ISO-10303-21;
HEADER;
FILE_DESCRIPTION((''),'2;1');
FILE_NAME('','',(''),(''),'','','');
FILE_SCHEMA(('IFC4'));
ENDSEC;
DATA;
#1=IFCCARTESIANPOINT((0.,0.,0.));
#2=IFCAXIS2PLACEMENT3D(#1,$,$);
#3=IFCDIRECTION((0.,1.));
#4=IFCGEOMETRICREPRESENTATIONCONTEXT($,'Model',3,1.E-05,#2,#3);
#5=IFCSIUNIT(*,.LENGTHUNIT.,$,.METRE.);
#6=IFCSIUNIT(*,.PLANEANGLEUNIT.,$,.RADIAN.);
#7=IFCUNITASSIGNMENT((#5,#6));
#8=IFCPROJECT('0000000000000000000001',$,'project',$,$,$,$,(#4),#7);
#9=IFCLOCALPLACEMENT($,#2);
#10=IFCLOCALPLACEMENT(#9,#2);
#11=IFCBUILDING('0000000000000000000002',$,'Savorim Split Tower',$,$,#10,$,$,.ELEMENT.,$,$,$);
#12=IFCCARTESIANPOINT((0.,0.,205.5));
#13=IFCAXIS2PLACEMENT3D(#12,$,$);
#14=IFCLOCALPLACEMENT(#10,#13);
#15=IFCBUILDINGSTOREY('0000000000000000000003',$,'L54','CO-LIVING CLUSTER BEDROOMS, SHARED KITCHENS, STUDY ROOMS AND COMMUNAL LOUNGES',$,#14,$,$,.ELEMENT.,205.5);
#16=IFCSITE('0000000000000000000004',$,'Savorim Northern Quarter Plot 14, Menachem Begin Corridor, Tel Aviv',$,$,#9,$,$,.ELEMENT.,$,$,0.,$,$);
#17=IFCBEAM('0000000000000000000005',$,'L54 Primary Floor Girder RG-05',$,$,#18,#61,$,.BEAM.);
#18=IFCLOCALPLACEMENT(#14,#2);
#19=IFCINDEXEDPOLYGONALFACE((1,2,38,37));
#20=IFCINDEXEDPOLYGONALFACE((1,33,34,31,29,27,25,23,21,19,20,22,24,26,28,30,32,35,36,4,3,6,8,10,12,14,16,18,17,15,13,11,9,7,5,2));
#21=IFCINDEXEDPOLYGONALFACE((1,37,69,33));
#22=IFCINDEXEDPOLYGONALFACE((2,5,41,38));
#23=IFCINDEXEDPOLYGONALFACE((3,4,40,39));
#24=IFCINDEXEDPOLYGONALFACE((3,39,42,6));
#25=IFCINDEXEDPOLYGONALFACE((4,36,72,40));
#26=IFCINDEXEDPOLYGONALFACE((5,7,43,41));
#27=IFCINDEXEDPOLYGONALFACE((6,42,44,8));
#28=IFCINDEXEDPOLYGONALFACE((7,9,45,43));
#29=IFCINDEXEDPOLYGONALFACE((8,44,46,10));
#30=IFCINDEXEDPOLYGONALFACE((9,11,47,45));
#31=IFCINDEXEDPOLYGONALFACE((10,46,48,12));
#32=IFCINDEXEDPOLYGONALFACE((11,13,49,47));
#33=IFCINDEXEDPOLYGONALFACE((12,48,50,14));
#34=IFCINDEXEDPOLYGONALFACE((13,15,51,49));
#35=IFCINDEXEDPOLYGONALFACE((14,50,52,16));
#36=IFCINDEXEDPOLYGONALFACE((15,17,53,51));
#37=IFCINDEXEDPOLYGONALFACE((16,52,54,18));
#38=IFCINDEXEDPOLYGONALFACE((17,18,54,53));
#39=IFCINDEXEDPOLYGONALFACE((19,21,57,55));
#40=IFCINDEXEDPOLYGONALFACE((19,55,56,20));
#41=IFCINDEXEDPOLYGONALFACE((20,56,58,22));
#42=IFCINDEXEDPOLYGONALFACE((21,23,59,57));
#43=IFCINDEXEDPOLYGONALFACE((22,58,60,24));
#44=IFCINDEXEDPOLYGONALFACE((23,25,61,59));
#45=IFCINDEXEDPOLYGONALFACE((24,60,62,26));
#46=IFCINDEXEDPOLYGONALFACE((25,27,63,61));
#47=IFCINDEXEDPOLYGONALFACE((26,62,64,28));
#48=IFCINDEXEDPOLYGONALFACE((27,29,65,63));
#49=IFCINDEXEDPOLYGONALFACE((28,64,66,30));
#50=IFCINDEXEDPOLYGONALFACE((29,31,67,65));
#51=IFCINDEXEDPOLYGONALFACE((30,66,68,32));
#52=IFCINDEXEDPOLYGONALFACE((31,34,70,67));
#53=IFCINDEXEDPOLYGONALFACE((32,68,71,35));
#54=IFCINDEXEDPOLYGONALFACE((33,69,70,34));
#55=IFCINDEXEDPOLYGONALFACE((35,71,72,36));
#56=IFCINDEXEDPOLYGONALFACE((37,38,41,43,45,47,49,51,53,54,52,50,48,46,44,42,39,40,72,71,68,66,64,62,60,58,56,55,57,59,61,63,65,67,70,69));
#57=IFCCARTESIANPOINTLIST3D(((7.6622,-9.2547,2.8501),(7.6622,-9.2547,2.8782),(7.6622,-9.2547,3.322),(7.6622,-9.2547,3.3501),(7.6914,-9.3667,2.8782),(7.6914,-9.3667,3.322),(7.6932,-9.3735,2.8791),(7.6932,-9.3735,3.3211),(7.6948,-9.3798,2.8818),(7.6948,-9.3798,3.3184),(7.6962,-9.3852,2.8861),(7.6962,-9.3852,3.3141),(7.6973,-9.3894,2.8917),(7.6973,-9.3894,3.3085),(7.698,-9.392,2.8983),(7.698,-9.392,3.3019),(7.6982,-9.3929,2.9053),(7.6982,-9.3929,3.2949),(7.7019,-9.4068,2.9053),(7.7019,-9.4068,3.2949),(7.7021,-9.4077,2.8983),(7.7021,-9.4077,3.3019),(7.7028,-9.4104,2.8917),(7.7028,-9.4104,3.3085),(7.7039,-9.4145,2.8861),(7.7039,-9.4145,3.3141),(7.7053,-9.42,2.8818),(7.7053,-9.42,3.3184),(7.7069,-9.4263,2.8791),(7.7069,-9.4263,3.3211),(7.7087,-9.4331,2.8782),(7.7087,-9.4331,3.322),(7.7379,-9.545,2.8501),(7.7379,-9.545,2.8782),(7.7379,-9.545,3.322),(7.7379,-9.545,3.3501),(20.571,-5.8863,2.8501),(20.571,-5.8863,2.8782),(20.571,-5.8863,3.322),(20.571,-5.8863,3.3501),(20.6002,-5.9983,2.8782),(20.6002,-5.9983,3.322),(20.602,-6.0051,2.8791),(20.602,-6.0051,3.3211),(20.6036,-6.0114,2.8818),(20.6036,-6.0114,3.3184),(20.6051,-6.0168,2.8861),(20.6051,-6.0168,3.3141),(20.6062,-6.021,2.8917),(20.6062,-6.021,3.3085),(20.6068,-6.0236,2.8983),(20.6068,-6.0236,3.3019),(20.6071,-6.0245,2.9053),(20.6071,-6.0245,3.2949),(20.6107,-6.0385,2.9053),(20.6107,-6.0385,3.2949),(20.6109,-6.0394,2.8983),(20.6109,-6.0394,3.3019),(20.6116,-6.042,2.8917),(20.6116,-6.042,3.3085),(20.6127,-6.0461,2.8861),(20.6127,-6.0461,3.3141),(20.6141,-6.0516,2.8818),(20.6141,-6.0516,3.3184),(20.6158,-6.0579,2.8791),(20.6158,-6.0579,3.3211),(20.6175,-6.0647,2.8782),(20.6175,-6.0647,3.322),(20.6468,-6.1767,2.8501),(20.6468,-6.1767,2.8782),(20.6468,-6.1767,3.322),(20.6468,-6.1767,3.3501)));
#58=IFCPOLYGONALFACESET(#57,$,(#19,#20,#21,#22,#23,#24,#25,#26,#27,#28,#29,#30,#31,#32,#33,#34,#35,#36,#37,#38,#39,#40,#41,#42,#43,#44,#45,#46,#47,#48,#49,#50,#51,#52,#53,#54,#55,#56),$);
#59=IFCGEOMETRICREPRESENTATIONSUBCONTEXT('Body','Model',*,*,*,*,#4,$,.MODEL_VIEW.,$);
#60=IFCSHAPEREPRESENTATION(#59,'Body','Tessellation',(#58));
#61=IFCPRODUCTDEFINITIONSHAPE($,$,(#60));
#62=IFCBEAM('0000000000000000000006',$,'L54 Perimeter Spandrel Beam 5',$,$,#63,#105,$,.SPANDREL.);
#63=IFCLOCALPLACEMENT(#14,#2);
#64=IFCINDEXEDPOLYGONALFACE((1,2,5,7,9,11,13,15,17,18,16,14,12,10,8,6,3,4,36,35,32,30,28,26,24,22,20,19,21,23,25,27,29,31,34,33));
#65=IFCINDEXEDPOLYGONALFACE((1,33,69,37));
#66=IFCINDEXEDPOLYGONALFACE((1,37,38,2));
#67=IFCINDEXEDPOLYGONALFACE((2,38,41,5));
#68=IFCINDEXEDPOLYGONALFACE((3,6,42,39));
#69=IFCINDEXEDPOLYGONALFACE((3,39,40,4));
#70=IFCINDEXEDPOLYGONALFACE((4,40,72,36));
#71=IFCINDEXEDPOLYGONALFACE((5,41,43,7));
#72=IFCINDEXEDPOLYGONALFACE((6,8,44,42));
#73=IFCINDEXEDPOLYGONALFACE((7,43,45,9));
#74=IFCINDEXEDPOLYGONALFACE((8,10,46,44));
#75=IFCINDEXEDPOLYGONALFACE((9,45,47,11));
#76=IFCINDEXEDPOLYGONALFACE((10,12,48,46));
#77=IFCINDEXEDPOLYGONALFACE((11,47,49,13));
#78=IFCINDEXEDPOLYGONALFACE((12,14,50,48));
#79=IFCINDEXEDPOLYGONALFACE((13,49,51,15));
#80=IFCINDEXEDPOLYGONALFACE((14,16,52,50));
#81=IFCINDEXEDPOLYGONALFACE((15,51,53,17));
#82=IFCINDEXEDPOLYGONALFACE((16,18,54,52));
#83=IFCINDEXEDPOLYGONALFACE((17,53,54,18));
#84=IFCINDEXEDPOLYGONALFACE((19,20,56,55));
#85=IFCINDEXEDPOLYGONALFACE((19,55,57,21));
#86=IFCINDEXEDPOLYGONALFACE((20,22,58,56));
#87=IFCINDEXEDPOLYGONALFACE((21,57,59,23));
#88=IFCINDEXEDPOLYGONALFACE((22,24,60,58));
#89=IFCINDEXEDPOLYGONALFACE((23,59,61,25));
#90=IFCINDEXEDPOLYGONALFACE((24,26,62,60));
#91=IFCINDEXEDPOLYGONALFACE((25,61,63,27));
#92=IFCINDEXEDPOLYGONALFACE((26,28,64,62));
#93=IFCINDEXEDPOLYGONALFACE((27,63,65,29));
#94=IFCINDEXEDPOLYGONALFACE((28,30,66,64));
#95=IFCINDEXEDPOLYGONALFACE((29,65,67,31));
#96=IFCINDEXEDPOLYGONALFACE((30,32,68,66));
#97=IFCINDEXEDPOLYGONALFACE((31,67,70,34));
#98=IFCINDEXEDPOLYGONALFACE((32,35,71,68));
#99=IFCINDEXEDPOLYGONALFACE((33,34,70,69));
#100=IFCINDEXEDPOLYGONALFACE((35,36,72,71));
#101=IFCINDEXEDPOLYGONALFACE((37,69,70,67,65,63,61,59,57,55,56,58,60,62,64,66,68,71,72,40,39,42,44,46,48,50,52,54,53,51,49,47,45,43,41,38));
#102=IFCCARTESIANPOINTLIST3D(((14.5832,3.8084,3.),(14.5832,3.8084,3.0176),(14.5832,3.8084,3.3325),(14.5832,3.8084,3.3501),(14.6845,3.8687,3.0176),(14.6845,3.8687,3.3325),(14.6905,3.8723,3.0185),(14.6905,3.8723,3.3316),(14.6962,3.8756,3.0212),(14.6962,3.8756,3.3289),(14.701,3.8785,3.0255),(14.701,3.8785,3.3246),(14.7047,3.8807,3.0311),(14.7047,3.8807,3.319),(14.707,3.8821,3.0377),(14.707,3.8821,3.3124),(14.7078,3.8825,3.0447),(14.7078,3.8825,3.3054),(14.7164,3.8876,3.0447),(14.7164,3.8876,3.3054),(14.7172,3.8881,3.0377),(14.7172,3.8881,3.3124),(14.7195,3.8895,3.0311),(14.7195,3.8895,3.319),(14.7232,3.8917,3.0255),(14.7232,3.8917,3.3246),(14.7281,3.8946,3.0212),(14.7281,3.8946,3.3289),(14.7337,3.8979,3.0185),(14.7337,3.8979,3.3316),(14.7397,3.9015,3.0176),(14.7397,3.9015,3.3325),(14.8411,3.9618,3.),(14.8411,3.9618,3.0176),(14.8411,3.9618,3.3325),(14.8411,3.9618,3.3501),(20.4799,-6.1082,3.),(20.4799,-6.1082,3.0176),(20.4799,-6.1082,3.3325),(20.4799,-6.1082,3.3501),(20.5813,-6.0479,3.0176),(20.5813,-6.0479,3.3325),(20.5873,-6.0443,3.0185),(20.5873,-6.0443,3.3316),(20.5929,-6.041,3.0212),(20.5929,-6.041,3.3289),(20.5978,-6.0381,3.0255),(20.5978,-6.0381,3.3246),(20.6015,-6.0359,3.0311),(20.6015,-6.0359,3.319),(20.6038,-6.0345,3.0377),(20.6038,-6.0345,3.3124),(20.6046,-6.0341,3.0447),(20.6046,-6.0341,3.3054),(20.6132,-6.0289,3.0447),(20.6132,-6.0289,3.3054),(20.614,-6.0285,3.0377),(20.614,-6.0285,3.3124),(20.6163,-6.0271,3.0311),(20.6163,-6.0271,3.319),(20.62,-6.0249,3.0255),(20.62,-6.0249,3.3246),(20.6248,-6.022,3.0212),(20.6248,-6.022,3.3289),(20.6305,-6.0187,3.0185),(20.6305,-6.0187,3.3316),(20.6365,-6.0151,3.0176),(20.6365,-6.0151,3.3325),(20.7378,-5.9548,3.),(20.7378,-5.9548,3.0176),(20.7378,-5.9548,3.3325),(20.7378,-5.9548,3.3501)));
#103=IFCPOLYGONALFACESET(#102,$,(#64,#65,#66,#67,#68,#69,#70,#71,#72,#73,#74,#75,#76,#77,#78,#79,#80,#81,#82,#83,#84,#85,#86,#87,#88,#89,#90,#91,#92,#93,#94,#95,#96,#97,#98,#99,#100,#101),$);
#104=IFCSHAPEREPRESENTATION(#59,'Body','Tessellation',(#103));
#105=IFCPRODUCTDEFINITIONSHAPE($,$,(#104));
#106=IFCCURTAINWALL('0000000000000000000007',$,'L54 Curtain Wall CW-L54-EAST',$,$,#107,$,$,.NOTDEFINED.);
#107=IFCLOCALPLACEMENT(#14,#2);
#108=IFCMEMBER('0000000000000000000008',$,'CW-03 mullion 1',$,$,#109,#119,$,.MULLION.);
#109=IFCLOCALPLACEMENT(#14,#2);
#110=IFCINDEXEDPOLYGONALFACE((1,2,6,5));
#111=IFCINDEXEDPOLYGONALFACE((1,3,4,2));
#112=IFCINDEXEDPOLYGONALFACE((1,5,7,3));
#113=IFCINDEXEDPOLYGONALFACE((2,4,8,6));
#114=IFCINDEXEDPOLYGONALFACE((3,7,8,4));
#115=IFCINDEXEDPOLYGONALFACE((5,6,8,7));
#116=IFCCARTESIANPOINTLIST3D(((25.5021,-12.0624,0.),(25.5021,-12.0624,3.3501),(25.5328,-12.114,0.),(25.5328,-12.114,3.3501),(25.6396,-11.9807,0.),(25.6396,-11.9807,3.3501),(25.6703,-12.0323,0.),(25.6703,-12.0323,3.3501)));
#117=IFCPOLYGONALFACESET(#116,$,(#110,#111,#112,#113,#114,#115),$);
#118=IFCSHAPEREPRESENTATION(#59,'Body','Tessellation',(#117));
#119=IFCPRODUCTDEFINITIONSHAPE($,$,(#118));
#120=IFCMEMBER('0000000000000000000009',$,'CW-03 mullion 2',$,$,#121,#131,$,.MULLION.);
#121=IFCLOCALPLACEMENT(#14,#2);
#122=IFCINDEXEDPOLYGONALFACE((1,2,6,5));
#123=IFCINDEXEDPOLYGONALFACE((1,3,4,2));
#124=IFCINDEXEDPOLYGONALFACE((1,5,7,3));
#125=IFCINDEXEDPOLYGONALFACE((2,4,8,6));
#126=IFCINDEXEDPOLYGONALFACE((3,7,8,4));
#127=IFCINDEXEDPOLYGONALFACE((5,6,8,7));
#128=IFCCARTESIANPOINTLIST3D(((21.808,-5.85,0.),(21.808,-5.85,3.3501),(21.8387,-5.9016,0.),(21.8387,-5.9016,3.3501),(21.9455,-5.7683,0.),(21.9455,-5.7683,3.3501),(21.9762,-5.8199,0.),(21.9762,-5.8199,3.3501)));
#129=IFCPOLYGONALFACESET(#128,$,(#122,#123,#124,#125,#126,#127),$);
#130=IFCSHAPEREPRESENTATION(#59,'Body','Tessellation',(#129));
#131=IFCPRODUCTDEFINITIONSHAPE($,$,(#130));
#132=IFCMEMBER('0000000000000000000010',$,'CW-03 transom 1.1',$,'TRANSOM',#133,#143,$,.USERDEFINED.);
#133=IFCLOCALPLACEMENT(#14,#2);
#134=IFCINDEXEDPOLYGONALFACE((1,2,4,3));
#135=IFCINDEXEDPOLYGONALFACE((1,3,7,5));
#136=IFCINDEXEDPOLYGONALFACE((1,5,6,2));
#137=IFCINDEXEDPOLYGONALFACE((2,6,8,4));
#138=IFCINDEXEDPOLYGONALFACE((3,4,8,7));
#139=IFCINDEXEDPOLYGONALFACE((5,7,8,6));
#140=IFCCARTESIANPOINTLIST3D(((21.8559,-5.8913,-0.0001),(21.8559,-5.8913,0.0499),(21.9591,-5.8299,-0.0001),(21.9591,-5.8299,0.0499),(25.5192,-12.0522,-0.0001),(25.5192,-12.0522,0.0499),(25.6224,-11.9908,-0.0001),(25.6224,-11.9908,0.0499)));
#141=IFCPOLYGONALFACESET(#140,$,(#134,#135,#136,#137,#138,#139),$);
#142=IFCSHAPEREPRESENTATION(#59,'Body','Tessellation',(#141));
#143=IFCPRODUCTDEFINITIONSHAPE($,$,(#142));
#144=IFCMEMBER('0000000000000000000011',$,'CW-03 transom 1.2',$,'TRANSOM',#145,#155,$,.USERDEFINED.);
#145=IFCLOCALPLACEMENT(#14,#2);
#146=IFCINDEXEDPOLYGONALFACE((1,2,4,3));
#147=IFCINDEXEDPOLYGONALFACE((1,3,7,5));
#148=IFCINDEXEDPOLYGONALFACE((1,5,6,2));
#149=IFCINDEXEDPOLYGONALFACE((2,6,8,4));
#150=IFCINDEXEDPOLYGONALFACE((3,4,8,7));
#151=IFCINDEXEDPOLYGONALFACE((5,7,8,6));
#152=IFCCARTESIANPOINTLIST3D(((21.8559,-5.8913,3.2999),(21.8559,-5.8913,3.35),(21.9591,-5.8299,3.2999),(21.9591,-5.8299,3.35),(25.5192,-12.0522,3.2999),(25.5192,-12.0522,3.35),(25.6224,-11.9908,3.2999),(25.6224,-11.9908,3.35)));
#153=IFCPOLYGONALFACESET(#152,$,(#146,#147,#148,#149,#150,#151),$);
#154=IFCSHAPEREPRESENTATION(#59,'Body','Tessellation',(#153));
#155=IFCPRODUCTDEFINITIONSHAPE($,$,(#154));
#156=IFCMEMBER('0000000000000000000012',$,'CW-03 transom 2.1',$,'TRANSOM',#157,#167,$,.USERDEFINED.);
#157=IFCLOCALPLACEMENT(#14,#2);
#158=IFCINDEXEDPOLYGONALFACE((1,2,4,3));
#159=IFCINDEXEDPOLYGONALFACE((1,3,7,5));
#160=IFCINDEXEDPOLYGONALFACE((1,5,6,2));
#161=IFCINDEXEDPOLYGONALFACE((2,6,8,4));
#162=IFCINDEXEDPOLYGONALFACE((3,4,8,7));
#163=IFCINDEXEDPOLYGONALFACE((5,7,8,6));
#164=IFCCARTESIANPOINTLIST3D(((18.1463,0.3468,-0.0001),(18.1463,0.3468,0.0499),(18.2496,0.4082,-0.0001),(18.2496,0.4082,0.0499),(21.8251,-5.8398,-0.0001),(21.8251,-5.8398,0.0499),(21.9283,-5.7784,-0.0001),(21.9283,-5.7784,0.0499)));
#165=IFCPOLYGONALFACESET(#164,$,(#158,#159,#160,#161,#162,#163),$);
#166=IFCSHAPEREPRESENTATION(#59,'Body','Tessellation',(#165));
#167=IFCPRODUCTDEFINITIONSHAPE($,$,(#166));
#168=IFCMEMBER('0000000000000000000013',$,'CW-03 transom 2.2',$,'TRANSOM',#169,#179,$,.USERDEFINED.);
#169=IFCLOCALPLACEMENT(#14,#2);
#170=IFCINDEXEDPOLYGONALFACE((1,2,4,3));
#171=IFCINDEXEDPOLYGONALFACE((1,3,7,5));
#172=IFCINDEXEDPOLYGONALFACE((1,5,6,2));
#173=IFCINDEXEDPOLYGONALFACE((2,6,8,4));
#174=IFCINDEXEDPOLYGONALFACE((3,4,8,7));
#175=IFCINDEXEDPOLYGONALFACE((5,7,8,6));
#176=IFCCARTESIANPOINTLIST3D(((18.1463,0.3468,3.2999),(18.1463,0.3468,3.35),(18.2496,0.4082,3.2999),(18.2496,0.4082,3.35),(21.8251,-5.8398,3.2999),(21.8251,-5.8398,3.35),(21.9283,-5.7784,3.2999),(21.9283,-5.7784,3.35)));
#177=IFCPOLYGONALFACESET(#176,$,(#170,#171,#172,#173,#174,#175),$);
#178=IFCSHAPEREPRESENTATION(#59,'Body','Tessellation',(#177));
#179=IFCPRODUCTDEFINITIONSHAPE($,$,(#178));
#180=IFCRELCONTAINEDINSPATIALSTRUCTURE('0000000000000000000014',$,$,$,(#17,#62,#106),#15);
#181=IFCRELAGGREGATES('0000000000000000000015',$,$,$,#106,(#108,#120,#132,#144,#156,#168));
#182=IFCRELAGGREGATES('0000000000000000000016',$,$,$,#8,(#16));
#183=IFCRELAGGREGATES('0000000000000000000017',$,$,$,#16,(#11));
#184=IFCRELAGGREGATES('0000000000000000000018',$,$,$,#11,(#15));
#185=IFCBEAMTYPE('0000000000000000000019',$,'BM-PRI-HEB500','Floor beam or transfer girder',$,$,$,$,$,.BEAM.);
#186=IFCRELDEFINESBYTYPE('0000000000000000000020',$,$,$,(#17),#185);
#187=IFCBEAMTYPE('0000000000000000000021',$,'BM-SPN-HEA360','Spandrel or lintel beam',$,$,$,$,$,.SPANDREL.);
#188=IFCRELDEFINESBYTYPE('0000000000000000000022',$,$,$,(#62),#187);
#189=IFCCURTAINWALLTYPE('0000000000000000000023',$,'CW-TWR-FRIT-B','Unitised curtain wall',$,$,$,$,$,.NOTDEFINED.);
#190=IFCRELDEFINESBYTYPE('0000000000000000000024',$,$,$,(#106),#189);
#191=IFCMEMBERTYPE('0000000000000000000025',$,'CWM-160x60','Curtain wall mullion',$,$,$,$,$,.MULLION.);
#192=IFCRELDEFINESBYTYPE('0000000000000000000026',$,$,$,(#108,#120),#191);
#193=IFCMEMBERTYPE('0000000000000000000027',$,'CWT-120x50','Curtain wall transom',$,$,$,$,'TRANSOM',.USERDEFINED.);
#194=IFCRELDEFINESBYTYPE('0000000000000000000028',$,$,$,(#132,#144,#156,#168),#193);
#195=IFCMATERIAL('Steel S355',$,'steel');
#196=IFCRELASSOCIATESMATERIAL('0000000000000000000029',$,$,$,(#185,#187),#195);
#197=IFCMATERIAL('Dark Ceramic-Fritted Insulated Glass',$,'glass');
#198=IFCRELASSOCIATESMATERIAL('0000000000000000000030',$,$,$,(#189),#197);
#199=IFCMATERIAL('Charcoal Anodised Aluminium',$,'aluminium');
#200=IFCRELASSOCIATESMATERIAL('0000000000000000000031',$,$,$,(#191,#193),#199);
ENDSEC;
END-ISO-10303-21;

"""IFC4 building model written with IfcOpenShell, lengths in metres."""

from ifc_helpers import new_model, si_unit, direction, frame, origin, origin_2d, place, context, subcontext, project, spatial, rectangle, i_section, extrude, material, material_profile, profile_set, type_object, element, aggregate, save


model = new_model("IFC4")

# Units and contexts
model_context = context("Model", 3, precision=1e-05, world=origin(), true_north=direction((0.0, 1.0)))
body_context = subcontext(model_context, "Body", "Model", "MODEL_VIEW")
ifc_project = project(units=[si_unit("LENGTHUNIT", "METRE"), si_unit("PLANEANGLEUNIT", "RADIAN")], contexts=[model_context])

# Site, building, storey
site_placement = place(None, origin())
site = spatial("IfcSite", under=ifc_project, at=site_placement, Name="Savorim Northern Quarter Plot 14, Menachem Begin Corridor, Tel Aviv", CompositionType="ELEMENT", RefElevation=0.0)
building_placement = place(site_placement, origin())
building = spatial("IfcBuilding", under=site, at=building_placement, Name="Savorim Split Tower", CompositionType="ELEMENT")
storey_placement = place(building_placement, frame((0.0, 0.0, 205.5)))
storey = spatial("IfcBuildingStorey", under=building, at=storey_placement, Name="L54", Description="CO-LIVING CLUSTER BEDROOMS, SHARED KITCHENS, STUDY ROOMS AND COMMUNAL LOUNGES", CompositionType="ELEMENT", Elevation=205.5)

# Shared definitions
ifc_material_1 = material(Name="Steel S355", Category="steel")

# Beams
ifc_material_profile_1 = material_profile(ifc_material_1, i_section(OverallWidth=0.3, OverallDepth=0.5, WebThickness=0.0144, FlangeThickness=0.0281, FilletRadius=0.0271, at=origin_2d()), Name="HEB 500")
ifc_profile_set_1 = profile_set([ifc_material_profile_1], Name="Steel S355")
beam_type_1 = type_object("IfcBeamType", Name="BM-PRI-HEB500", Description="Floor beam or transfer girder", PredefinedType="BEAM", material=ifc_profile_set_1)
beam_1_placement = place(storey_placement, frame((20.6089, -6.0315, 3.1001), z_axis=(-0.967602, -0.252482, 0.0), x_axis=(0.252482, -0.967602, 0.0)))
element("IfcBeam", 1, at=beam_1_placement, inside=storey, type_object=beam_type_1, Name="L54 Primary Floor Girder RG-05", PredefinedType="BEAM", context=body_context, shape_type="SweptSolid", body=[
    extrude(i_section(OverallWidth=0.3, OverallDepth=0.5, WebThickness=0.0144, FlangeThickness=0.0281, FilletRadius=0.0271, at=origin_2d()), origin(), (0.0, 0.0, 1.0), 13.3411),
])
ifc_material_profile_2 = material_profile(ifc_material_1, i_section(OverallWidth=0.3, OverallDepth=0.3501, WebThickness=0.01, FlangeThickness=0.0176, FilletRadius=0.0271, at=origin_2d()), Name="HEA 360")
ifc_profile_set_2 = profile_set([ifc_material_profile_2], Name="Steel S355")
beam_type_2 = type_object("IfcBeamType", Name="BM-SPN-HEA360", Description="Spandrel or lintel beam", PredefinedType="SPANDREL", material=ifc_profile_set_2)
beam_2_placement = place(storey_placement, frame((20.6089, -6.0315, 3.175), z_axis=(-0.511103, 0.85952, 0.0), x_axis=(-0.85952, -0.511103, 0.0)))
element("IfcBeam", 2, at=beam_2_placement, inside=storey, type_object=beam_type_2, Name="L54 Perimeter Spandrel Beam 5", PredefinedType="SPANDREL", context=body_context, shape_type="SweptSolid", body=[
    extrude(i_section(OverallWidth=0.3, OverallDepth=0.3501, WebThickness=0.01, FlangeThickness=0.0176, FilletRadius=0.0271, at=origin_2d()), origin(), (0.0, 0.0, 1.0), 11.5374),
])

# Curtain wall, members
ifc_material_2 = material(Name="Dark Ceramic-Fritted Insulated Glass", Category="glass")
curtain_wall_type = type_object("IfcCurtainWallType", Name="CW-TWR-FRIT-B", Description="Unitised curtain wall", PredefinedType="NOTDEFINED", material=ifc_material_2)
curtain_wall_placement = place(storey_placement, origin())
curtain_wall = element("IfcCurtainWall", 3, at=curtain_wall_placement, inside=storey, type_object=curtain_wall_type, Name="L54 Curtain Wall CW-L54-EAST", PredefinedType="NOTDEFINED")
ifc_material_3 = material(Name="Charcoal Anodised Aluminium", Category="aluminium")
ifc_material_profile_3 = material_profile(ifc_material_3, rectangle(XDim=0.1599, YDim=0.0601, at=origin_2d()), Name="ALU-M 160x60")
ifc_profile_set_3 = profile_set([ifc_material_profile_3], Name="Charcoal Anodised Aluminium")
member_type_1 = type_object("IfcMemberType", Name="CWM-160x60", Description="Curtain wall mullion", PredefinedType="MULLION", material=ifc_profile_set_3)
member_1_placement = place(storey_placement, frame((25.5862, -12.0474, 0.0), z_axis=(0.0, 0.0, 1.0), x_axis=(-0.859526, -0.511092, 0.0)))
member_1 = element("IfcMember", 4, at=member_1_placement, type_object=member_type_1, Name="CW-03 mullion 1", PredefinedType="MULLION", context=body_context, shape_type="SweptSolid", body=[
    extrude(rectangle(XDim=0.1599, YDim=0.0601, at=origin_2d()), origin(), (0.0, 0.0, 1.0), 3.3501),
])
member_2_placement = place(storey_placement, frame((21.8921, -5.835, 0.0), z_axis=(0.0, 0.0, 1.0), x_axis=(-0.859526, -0.511092, 0.0)))
member_2 = element("IfcMember", 5, at=member_2_placement, type_object=member_type_1, Name="CW-03 mullion 2", PredefinedType="MULLION", context=body_context, shape_type="SweptSolid", body=[
    extrude(rectangle(XDim=0.1599, YDim=0.0601, at=origin_2d()), origin(), (0.0, 0.0, 1.0), 3.3501),
])
ifc_material_profile_4 = material_profile(ifc_material_3, rectangle(XDim=0.1201, YDim=0.05, at=origin_2d()), Name="ALU-T 120x50")
ifc_profile_set_4 = profile_set([ifc_material_profile_4], Name="Charcoal Anodised Aluminium")
member_type_2 = type_object("IfcMemberType", Name="CWT-120x50", Description="Curtain wall transom", ElementType="TRANSOM", PredefinedType="USERDEFINED", material=ifc_profile_set_4)
member_3_placement = place(storey_placement, frame((25.5708, -12.0215, 0.0249), z_axis=(-0.511086, 0.85953, 0.0), x_axis=(-0.85953, -0.511086, 0.0)))
member_3 = element("IfcMember", 6, at=member_3_placement, type_object=member_type_2, Name="CW-03 transom 1.1", ObjectType="TRANSOM", PredefinedType="USERDEFINED", context=body_context, shape_type="SweptSolid", body=[
    extrude(rectangle(XDim=0.1201, YDim=0.05, at=origin_2d()), origin(), (0.0, 0.0, 1.0), 7.1677),
])
member_4_placement = place(storey_placement, frame((25.5708, -12.0215, 3.325), z_axis=(-0.511086, 0.85953, 0.0), x_axis=(-0.85953, -0.511086, 0.0)))
member_4 = element("IfcMember", 7, at=member_4_placement, type_object=member_type_2, Name="CW-03 transom 1.2", ObjectType="TRANSOM", PredefinedType="USERDEFINED", context=body_context, shape_type="SweptSolid", body=[
    extrude(rectangle(XDim=0.1201, YDim=0.05, at=origin_2d()), origin(), (0.0, 0.0, 1.0), 7.1677),
])
member_5_placement = place(storey_placement, frame((21.8767, -5.8091, 0.0249), z_axis=(-0.5111, 0.859521, 0.0), x_axis=(-0.859521, -0.5111, 0.0)))
member_5 = element("IfcMember", 8, at=member_5_placement, type_object=member_type_2, Name="CW-03 transom 2.1", ObjectType="TRANSOM", PredefinedType="USERDEFINED", context=body_context, shape_type="SweptSolid", body=[
    extrude(rectangle(XDim=0.1201, YDim=0.05, at=origin_2d()), origin(), (0.0, 0.0, 1.0), 7.1978),
])
member_6_placement = place(storey_placement, frame((21.8767, -5.8091, 3.325), z_axis=(-0.5111, 0.859521, 0.0), x_axis=(-0.859521, -0.5111, 0.0)))
member_6 = element("IfcMember", 9, at=member_6_placement, type_object=member_type_2, Name="CW-03 transom 2.2", ObjectType="TRANSOM", PredefinedType="USERDEFINED", context=body_context, shape_type="SweptSolid", body=[
    extrude(rectangle(XDim=0.1201, YDim=0.05, at=origin_2d()), origin(), (0.0, 0.0, 1.0), 7.1978),
])
aggregate(curtain_wall, [member_1, member_2, member_3, member_4, member_5, member_6])

save(model, "model.ifc")
